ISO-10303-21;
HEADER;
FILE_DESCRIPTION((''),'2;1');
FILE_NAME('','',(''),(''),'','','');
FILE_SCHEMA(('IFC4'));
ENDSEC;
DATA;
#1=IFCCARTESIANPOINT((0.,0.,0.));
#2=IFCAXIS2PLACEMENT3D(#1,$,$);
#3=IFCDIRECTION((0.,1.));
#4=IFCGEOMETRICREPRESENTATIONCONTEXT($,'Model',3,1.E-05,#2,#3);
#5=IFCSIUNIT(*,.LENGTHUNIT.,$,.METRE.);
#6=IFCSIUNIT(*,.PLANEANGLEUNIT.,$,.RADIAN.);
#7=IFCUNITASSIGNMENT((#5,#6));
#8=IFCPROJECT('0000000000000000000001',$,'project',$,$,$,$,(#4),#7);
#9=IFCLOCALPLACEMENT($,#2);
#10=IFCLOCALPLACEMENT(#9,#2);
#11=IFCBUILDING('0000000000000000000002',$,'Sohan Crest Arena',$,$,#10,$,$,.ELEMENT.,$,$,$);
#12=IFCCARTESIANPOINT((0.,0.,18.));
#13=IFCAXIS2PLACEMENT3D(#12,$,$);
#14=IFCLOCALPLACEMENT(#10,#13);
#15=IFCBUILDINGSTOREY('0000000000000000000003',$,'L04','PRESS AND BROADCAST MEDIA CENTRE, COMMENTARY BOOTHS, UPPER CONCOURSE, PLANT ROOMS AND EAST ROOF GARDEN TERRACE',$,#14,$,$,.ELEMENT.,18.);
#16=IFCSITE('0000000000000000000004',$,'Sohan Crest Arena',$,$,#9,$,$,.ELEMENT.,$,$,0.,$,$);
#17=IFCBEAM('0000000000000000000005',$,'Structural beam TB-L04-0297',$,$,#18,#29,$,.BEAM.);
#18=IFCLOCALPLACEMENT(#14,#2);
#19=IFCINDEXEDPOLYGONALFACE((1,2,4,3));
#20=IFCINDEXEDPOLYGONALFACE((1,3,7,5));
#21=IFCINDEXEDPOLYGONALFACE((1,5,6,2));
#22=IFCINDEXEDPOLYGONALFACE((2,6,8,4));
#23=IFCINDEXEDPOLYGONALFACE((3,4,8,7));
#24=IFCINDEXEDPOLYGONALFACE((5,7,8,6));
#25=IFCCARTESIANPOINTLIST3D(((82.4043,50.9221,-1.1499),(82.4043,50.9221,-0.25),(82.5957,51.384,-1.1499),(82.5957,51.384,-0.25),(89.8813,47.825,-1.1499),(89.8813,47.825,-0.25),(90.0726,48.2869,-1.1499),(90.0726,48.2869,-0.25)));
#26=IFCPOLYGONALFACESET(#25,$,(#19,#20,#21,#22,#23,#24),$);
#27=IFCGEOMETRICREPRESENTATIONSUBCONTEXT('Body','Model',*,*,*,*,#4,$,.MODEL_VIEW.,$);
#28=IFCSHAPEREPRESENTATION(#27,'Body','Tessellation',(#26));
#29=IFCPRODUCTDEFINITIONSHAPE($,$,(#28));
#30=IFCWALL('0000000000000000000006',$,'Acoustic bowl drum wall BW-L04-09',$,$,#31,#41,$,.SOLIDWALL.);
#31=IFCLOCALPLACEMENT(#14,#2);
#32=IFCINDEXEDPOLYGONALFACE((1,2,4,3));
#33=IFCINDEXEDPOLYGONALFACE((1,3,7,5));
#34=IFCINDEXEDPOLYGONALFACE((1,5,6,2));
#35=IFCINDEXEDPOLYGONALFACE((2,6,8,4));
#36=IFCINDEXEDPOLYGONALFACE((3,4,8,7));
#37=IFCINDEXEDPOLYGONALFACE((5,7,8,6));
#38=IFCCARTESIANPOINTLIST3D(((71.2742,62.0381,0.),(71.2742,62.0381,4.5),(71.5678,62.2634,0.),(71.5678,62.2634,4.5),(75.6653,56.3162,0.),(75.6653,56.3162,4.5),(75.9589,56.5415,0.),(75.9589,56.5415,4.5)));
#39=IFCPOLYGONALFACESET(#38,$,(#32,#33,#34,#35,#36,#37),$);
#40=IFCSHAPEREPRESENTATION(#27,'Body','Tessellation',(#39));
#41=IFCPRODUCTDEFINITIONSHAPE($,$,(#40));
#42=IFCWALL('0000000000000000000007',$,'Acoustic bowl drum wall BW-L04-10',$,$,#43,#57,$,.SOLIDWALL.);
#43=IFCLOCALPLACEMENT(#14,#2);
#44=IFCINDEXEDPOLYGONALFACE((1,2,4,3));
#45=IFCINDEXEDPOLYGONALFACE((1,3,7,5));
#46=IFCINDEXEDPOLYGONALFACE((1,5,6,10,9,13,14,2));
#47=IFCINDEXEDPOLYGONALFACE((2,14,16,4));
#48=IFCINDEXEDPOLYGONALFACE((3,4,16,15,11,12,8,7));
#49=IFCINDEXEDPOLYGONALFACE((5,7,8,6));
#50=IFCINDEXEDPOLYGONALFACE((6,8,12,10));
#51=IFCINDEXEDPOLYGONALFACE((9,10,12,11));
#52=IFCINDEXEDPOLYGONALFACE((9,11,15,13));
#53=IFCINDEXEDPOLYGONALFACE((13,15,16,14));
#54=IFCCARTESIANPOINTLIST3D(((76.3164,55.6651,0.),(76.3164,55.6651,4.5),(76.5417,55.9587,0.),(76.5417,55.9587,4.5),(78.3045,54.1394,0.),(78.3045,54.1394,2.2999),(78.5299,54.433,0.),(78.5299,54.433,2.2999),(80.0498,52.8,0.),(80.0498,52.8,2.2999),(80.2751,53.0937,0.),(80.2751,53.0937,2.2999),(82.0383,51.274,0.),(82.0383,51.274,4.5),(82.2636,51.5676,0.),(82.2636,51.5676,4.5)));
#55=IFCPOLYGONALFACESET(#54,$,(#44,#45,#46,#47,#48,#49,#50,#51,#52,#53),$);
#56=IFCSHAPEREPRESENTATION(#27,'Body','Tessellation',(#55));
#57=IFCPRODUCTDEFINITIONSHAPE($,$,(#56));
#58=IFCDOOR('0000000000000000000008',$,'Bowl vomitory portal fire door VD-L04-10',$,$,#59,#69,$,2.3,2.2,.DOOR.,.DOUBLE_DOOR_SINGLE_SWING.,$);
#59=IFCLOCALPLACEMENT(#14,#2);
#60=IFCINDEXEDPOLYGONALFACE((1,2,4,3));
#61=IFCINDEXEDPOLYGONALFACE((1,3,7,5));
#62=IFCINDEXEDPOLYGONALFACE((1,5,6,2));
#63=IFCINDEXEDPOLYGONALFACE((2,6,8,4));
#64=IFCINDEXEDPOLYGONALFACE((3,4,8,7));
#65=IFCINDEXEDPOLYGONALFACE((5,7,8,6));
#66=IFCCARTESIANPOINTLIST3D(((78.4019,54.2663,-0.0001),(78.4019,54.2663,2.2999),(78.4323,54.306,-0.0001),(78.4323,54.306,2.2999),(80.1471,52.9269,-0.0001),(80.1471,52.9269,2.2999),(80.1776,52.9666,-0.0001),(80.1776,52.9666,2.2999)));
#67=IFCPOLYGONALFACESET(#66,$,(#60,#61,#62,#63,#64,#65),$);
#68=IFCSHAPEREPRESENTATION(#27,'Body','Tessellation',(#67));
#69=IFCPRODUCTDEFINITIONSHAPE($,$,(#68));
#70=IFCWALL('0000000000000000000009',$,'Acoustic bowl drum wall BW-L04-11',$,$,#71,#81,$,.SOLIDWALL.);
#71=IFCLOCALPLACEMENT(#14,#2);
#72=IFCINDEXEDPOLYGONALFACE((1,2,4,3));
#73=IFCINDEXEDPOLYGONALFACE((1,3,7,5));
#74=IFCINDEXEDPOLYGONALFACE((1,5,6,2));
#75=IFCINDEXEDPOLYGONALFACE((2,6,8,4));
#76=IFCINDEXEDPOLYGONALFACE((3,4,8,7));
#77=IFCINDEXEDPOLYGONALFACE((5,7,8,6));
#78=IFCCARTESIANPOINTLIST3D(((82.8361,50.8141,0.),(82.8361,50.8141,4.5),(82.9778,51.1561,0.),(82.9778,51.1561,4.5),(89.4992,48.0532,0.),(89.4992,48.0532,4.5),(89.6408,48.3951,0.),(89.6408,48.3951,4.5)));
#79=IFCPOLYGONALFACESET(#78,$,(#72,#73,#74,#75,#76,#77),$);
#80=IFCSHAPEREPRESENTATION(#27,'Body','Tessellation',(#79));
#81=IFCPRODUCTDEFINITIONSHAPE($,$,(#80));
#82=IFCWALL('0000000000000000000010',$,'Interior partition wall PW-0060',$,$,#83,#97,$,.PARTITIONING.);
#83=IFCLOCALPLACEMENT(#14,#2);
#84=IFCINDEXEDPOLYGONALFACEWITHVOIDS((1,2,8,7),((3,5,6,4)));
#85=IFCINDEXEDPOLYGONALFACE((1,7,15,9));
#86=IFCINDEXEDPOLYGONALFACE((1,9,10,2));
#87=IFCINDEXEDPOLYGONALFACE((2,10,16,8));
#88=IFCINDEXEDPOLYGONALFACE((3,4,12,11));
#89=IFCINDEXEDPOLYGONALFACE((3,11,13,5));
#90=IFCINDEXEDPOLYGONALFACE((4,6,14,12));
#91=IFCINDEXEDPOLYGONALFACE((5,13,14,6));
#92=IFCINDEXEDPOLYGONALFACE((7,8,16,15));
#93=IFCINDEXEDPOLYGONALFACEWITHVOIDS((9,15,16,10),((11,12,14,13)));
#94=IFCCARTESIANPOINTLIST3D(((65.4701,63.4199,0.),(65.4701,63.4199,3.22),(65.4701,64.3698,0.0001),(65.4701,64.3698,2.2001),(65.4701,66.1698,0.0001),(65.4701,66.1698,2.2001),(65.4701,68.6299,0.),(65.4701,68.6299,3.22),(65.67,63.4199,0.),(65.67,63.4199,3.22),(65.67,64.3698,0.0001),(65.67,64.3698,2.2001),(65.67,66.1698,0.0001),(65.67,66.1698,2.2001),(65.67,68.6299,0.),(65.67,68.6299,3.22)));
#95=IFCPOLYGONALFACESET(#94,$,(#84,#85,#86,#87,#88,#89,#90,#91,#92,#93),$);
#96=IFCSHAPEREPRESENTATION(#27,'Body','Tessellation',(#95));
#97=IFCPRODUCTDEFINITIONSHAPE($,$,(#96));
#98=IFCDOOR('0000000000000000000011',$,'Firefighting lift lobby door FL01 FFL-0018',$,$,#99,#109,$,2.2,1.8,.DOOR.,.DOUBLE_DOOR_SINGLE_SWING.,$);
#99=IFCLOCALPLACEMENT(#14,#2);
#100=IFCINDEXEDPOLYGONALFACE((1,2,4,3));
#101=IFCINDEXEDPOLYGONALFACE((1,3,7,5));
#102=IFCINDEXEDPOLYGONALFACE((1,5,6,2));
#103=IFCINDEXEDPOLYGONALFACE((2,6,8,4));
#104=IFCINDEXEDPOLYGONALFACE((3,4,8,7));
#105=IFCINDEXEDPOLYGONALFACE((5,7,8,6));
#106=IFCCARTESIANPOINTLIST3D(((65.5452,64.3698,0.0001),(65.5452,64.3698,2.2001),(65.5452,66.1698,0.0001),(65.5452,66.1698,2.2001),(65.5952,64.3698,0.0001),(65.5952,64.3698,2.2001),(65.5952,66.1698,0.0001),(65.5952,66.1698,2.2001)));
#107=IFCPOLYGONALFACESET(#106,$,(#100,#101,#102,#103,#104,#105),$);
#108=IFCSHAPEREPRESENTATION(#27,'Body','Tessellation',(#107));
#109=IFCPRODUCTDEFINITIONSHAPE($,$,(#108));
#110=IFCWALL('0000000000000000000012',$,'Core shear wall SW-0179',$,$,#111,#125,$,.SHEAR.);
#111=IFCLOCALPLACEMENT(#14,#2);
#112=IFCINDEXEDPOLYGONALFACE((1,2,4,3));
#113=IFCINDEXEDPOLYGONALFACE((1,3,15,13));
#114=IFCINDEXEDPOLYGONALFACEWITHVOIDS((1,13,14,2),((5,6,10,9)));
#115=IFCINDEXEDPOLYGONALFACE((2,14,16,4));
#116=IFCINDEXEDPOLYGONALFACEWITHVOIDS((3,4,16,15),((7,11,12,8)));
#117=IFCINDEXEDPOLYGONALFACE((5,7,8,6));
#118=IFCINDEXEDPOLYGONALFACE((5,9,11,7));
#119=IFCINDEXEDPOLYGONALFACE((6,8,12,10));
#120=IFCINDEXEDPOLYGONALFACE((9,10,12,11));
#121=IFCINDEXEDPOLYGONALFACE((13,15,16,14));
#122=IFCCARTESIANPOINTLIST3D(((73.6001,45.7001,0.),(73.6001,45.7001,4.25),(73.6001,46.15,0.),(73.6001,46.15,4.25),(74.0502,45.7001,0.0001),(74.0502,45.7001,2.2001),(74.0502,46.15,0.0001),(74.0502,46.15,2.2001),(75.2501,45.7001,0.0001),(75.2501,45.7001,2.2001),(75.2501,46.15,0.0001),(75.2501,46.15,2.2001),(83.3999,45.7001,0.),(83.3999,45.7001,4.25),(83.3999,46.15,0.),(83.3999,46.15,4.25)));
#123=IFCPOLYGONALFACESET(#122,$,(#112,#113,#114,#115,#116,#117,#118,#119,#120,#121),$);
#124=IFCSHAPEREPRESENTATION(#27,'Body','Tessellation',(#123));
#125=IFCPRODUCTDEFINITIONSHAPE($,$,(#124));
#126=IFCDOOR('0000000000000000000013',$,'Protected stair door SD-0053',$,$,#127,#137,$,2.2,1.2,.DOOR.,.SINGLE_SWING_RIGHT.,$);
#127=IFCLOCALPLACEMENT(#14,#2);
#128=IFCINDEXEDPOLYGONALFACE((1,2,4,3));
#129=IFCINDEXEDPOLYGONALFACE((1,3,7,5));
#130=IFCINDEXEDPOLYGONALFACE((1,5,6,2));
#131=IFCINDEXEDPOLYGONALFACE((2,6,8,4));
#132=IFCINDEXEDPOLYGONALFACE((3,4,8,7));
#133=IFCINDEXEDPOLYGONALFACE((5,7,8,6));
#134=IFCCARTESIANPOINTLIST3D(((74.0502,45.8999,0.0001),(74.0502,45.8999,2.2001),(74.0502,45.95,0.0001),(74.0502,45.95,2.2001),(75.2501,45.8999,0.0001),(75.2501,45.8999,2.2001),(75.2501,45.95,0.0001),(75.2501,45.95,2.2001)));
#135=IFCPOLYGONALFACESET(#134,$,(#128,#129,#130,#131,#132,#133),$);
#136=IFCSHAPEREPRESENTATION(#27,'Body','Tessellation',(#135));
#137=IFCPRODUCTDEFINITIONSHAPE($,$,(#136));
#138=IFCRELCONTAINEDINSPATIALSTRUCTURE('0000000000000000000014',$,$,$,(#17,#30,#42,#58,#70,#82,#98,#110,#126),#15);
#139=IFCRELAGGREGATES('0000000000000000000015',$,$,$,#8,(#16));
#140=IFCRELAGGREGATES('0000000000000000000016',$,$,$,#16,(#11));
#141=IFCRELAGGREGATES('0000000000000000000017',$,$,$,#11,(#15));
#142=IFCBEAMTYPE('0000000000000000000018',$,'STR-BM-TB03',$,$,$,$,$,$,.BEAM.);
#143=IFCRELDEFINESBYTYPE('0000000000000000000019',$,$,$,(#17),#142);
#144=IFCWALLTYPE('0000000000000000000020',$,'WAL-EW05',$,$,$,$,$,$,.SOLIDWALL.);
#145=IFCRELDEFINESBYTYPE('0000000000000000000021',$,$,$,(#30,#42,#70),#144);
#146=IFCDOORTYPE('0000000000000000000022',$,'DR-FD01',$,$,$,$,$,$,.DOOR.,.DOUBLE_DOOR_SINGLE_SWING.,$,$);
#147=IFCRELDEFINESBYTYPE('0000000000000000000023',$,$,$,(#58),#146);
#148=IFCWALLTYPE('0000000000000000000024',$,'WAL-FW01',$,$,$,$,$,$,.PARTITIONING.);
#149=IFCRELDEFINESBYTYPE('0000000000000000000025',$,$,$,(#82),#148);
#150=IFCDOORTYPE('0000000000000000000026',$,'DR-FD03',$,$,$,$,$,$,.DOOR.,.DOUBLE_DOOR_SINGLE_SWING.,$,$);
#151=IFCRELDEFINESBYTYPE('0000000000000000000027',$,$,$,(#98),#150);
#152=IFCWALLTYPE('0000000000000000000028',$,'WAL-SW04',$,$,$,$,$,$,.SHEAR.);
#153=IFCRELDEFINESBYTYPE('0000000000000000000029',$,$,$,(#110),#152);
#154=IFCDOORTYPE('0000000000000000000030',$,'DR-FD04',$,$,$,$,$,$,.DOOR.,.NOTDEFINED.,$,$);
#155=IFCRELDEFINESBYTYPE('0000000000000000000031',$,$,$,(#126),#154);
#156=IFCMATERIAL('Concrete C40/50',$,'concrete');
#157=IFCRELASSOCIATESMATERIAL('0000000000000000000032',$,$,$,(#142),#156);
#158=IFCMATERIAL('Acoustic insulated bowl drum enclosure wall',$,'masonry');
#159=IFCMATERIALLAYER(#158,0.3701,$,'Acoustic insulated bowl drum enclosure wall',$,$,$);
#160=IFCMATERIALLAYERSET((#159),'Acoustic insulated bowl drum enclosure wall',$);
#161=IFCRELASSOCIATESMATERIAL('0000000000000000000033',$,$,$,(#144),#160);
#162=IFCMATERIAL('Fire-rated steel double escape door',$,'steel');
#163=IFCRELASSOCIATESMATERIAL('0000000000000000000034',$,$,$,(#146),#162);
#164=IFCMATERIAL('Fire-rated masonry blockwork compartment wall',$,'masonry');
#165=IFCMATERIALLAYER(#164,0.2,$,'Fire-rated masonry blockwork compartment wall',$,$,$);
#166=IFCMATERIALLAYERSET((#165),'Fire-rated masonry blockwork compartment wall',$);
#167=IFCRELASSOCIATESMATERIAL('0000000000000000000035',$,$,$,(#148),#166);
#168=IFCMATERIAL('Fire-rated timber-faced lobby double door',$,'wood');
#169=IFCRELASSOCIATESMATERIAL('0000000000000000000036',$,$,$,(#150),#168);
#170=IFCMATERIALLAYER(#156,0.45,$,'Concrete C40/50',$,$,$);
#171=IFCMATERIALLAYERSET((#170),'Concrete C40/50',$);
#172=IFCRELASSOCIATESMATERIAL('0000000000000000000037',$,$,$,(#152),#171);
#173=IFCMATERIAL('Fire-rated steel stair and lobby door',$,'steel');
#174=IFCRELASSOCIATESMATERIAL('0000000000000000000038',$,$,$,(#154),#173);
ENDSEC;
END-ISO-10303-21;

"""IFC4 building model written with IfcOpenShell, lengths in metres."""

from ifc_helpers import new_model, si_unit, direction, frame, frame_2d, origin, origin_2d, place, context, subcontext, project, spatial, rectangle, extrude, material, layer, layer_set, material_profile, profile_set, type_object, element, fill, save


model = new_model("IFC4")

# Units and contexts
model_context = context("Model", 3, precision=1e-05, world=origin(), true_north=direction((0.0, 1.0)))
body_context = subcontext(model_context, "Body", "Model", "MODEL_VIEW")
ifc_project = project(units=[si_unit("LENGTHUNIT", "METRE"), si_unit("PLANEANGLEUNIT", "RADIAN")], contexts=[model_context])

# Site, building, storey
site_placement = place(None, origin())
site = spatial("IfcSite", under=ifc_project, at=site_placement, Name="Sohan Crest Arena", CompositionType="ELEMENT", RefElevation=0.0)
building_placement = place(site_placement, origin())
building = spatial("IfcBuilding", under=site, at=building_placement, Name="Sohan Crest Arena", CompositionType="ELEMENT")
storey_placement = place(building_placement, frame((0.0, 0.0, 18.0)))
storey = spatial("IfcBuildingStorey", under=building, at=storey_placement, Name="L04", Description="PRESS AND BROADCAST MEDIA CENTRE, COMMENTARY BOOTHS, UPPER CONCOURSE, PLANT ROOMS AND EAST ROOF GARDEN TERRACE", CompositionType="ELEMENT", Elevation=18.0)

# Shared definitions
ifc_material_1 = material(Name="Concrete C40/50", Category="concrete")

# Beam
ifc_material_profile_1 = material_profile(ifc_material_1, rectangle(XDim=0.5, YDim=0.8999, at=origin_2d()), Name="RC-BM 500x900")
ifc_profile_set_1 = profile_set([ifc_material_profile_1], Name="Concrete C40/50")
beam_type_1 = type_object("IfcBeamType", Name="STR-BM-TB03", PredefinedType="BEAM", material=ifc_profile_set_1)
beam_1_placement = place(storey_placement, frame((82.5, 51.1531, -0.7), z_axis=(0.923876, -0.382691, 0.0), x_axis=(0.382691, 0.923876, 0.0)))
element("IfcBeam", 1, at=beam_1_placement, inside=storey, type_object=beam_type_1, Name="Structural beam TB-L04-0297", PredefinedType="BEAM", context=body_context, shape_type="SweptSolid", body=[
    extrude(rectangle(XDim=0.5, YDim=0.8999, at=origin_2d()), origin(), (0.0, 0.0, 1.0), 8.093),
])

# Wall
ifc_material_2 = material(Name="Acoustic insulated bowl drum enclosure wall", Category="masonry")
ifc_layer_1 = layer(ifc_material_2, 0.3701, Name="Acoustic insulated bowl drum enclosure wall")
ifc_layer_set_1 = layer_set([ifc_layer_1], Name="Acoustic insulated bowl drum enclosure wall")
wall_type_1 = type_object("IfcWallType", Name="WAL-EW05", PredefinedType="SOLIDWALL", material=ifc_layer_set_1)
wall_1_placement = place(storey_placement, frame((71.4209, 62.1509, 0.0), z_axis=(0.0, 0.0, 1.0), x_axis=(0.608807, -0.793318, 0.0)))
element("IfcWall", 2, at=wall_1_placement, inside=storey, type_object=wall_type_1, Name="Acoustic bowl drum wall BW-L04-09", PredefinedType="SOLIDWALL", context=body_context, shape_type="SweptSolid", body=[
    extrude(rectangle(XDim=7.2126, YDim=0.3701, at=frame_2d((3.6064, 0.0))), origin(), (0.0, 0.0, 1.0), 4.5),
])

# Wall, opening, door
wall_2_placement = place(storey_placement, frame((76.429, 55.812, 0.0), z_axis=(0.0, 0.0, 1.0), x_axis=(0.793318, -0.608807, 0.0)))
wall_2 = element("IfcWall", 3, at=wall_2_placement, inside=storey, type_object=wall_type_1, Name="Acoustic bowl drum wall BW-L04-10", PredefinedType="SOLIDWALL", context=body_context, shape_type="SweptSolid", body=[
    extrude(rectangle(XDim=7.2126, YDim=0.3701, at=frame_2d((3.6064, 0.0))), origin(), (0.0, 0.0, 1.0), 4.5),
])
opening_1_placement = place(wall_2_placement, frame((2.5061, 0.0, 0.0)))
opening_1 = element("IfcOpeningElement", 4, at=opening_1_placement, cuts=wall_2, PredefinedType="OPENING", context=body_context, shape_type="SweptSolid", body=[
    extrude(rectangle(XDim=2.2, YDim=2.3, at=frame_2d((1.1001, 1.1499))), frame((0.0, 0.1951, 0.0), z_axis=(0.0, -1.0, 0.0), x_axis=(1.0, 0.0, 0.0)), (0.0, 0.0, 1.0), 0.3901),
])
ifc_material_3 = material(Name="Fire-rated steel double escape door", Category="steel")
door_type_1 = type_object("IfcDoorType", Name="DR-FD01", OperationType="DOUBLE_DOOR_SINGLE_SWING", PredefinedType="DOOR", material=ifc_material_3)
door_1_placement = place(opening_1_placement, origin())
door_1 = element("IfcDoor", 5, at=door_1_placement, inside=storey, type_object=door_type_1, Name="Bowl vomitory portal fire door VD-L04-10", OperationType="DOUBLE_DOOR_SINGLE_SWING", OverallHeight=2.3, OverallWidth=2.2, PredefinedType="DOOR", context=body_context, shape_type="SweptSolid", body=[
    extrude(rectangle(XDim=2.2, YDim=2.3, at=frame_2d((1.1001, 1.1499))), frame((0.0, 0.0249, 0.0), z_axis=(0.0, -1.0, 0.0), x_axis=(1.0, 0.0, 0.0)), (0.0, 0.0, 1.0), 0.05),
])
fill(opening_1, door_1)

# Wall
wall_3_placement = place(storey_placement, frame((82.907, 50.9851, 0.0), z_axis=(0.0, 0.0, 1.0), x_axis=(0.923828, -0.382807, 0.0)))
element("IfcWall", 6, at=wall_3_placement, inside=storey, type_object=wall_type_1, Name="Acoustic bowl drum wall BW-L04-11", PredefinedType="SOLIDWALL", context=body_context, shape_type="SweptSolid", body=[
    extrude(rectangle(XDim=7.2124, YDim=0.3701, at=frame_2d((3.6062, 0.0))), origin(), (0.0, 0.0, 1.0), 4.5),
])

# Walls, openings, doors
ifc_material_4 = material(Name="Fire-rated masonry blockwork compartment wall", Category="masonry")
ifc_layer_2 = layer(ifc_material_4, 0.2, Name="Fire-rated masonry blockwork compartment wall")
ifc_layer_set_2 = layer_set([ifc_layer_2], Name="Fire-rated masonry blockwork compartment wall")
wall_type_2 = type_object("IfcWallType", Name="WAL-FW01", PredefinedType="PARTITIONING", material=ifc_layer_set_2)
wall_4_placement = place(storey_placement, frame((65.5701, 63.4199, 0.0), z_axis=(0.0, 0.0, 1.0), x_axis=(0.0, 1.0, 0.0)))
wall_4 = element("IfcWall", 7, at=wall_4_placement, inside=storey, type_object=wall_type_2, Name="Interior partition wall PW-0060", PredefinedType="PARTITIONING", context=body_context, shape_type="SweptSolid", body=[
    extrude(rectangle(XDim=5.21, YDim=0.2, at=frame_2d((2.605, 0.0))), origin(), (0.0, 0.0, 1.0), 3.22),
])
opening_2_placement = place(wall_4_placement, frame((0.95, 0.0, 0.0)))
opening_2 = element("IfcOpeningElement", 8, at=opening_2_placement, cuts=wall_4, PredefinedType="OPENING", context=body_context, shape_type="SweptSolid", body=[
    extrude(rectangle(XDim=1.8, YDim=2.2, at=frame_2d((0.8999, 1.1001))), frame((0.0, 0.1099, 0.0), z_axis=(0.0, -1.0, 0.0), x_axis=(1.0, 0.0, 0.0)), (0.0, 0.0, 1.0), 0.22),
])
ifc_material_5 = material(Name="Fire-rated timber-faced lobby double door", Category="wood")
door_type_2 = type_object("IfcDoorType", Name="DR-FD03", OperationType="DOUBLE_DOOR_SINGLE_SWING", PredefinedType="DOOR", material=ifc_material_5)
door_2_placement = place(opening_2_placement, origin())
door_2 = element("IfcDoor", 9, at=door_2_placement, inside=storey, type_object=door_type_2, Name="Firefighting lift lobby door FL01 FFL-0018", OperationType="DOUBLE_DOOR_SINGLE_SWING", OverallHeight=2.2, OverallWidth=1.8, PredefinedType="DOOR", context=body_context, shape_type="SweptSolid", body=[
    extrude(rectangle(XDim=1.8, YDim=2.2, at=frame_2d((0.8999, 1.1001))), frame((0.0, 0.0249, 0.0), z_axis=(0.0, -1.0, 0.0), x_axis=(1.0, 0.0, 0.0)), (0.0, 0.0, 1.0), 0.05),
])
fill(opening_2, door_2)
ifc_layer_3 = layer(ifc_material_1, 0.45, Name="Concrete C40/50")
ifc_layer_set_3 = layer_set([ifc_layer_3], Name="Concrete C40/50")
wall_type_3 = type_object("IfcWallType", Name="WAL-SW04", PredefinedType="SHEAR", material=ifc_layer_set_3)
wall_5_placement = place(storey_placement, frame((73.6001, 45.925, 0.0), z_axis=(0.0, 0.0, 1.0), x_axis=(1.0, 0.0, 0.0)))
wall_5 = element("IfcWall", 10, at=wall_5_placement, inside=storey, type_object=wall_type_3, Name="Core shear wall SW-0179", PredefinedType="SHEAR", context=body_context, shape_type="SweptSolid", body=[
    extrude(rectangle(XDim=9.7998, YDim=0.45, at=frame_2d((4.8999, 0.0))), origin(), (0.0, 0.0, 1.0), 4.25),
])
opening_3_placement = place(wall_5_placement, frame((0.45, 0.0, 0.0)))
opening_3 = element("IfcOpeningElement", 11, at=opening_3_placement, cuts=wall_5, PredefinedType="OPENING", context=body_context, shape_type="SweptSolid", body=[
    extrude(rectangle(XDim=1.2, YDim=2.2, at=frame_2d((0.6001, 1.1001))), frame((0.0, 0.2349, 0.0), z_axis=(0.0, -1.0, 0.0), x_axis=(1.0, 0.0, 0.0)), (0.0, 0.0, 1.0), 0.47),
])
ifc_material_6 = material(Name="Fire-rated steel stair and lobby door", Category="steel")
door_type_3 = type_object("IfcDoorType", Name="DR-FD04", OperationType="NOTDEFINED", PredefinedType="DOOR", material=ifc_material_6)
door_3_placement = place(opening_3_placement, origin())
door_3 = element("IfcDoor", 12, at=door_3_placement, inside=storey, type_object=door_type_3, Name="Protected stair door SD-0053", OperationType="SINGLE_SWING_RIGHT", OverallHeight=2.2, OverallWidth=1.2, PredefinedType="DOOR", context=body_context, shape_type="SweptSolid", body=[
    extrude(rectangle(XDim=1.2, YDim=2.2, at=frame_2d((0.6001, 1.1001))), frame((0.0, 0.0249, 0.0), z_axis=(0.0, -1.0, 0.0), x_axis=(1.0, 0.0, 0.0)), (0.0, 0.0, 1.0), 0.05),
])
fill(opening_3, door_3)

save(model, "model.ifc")
